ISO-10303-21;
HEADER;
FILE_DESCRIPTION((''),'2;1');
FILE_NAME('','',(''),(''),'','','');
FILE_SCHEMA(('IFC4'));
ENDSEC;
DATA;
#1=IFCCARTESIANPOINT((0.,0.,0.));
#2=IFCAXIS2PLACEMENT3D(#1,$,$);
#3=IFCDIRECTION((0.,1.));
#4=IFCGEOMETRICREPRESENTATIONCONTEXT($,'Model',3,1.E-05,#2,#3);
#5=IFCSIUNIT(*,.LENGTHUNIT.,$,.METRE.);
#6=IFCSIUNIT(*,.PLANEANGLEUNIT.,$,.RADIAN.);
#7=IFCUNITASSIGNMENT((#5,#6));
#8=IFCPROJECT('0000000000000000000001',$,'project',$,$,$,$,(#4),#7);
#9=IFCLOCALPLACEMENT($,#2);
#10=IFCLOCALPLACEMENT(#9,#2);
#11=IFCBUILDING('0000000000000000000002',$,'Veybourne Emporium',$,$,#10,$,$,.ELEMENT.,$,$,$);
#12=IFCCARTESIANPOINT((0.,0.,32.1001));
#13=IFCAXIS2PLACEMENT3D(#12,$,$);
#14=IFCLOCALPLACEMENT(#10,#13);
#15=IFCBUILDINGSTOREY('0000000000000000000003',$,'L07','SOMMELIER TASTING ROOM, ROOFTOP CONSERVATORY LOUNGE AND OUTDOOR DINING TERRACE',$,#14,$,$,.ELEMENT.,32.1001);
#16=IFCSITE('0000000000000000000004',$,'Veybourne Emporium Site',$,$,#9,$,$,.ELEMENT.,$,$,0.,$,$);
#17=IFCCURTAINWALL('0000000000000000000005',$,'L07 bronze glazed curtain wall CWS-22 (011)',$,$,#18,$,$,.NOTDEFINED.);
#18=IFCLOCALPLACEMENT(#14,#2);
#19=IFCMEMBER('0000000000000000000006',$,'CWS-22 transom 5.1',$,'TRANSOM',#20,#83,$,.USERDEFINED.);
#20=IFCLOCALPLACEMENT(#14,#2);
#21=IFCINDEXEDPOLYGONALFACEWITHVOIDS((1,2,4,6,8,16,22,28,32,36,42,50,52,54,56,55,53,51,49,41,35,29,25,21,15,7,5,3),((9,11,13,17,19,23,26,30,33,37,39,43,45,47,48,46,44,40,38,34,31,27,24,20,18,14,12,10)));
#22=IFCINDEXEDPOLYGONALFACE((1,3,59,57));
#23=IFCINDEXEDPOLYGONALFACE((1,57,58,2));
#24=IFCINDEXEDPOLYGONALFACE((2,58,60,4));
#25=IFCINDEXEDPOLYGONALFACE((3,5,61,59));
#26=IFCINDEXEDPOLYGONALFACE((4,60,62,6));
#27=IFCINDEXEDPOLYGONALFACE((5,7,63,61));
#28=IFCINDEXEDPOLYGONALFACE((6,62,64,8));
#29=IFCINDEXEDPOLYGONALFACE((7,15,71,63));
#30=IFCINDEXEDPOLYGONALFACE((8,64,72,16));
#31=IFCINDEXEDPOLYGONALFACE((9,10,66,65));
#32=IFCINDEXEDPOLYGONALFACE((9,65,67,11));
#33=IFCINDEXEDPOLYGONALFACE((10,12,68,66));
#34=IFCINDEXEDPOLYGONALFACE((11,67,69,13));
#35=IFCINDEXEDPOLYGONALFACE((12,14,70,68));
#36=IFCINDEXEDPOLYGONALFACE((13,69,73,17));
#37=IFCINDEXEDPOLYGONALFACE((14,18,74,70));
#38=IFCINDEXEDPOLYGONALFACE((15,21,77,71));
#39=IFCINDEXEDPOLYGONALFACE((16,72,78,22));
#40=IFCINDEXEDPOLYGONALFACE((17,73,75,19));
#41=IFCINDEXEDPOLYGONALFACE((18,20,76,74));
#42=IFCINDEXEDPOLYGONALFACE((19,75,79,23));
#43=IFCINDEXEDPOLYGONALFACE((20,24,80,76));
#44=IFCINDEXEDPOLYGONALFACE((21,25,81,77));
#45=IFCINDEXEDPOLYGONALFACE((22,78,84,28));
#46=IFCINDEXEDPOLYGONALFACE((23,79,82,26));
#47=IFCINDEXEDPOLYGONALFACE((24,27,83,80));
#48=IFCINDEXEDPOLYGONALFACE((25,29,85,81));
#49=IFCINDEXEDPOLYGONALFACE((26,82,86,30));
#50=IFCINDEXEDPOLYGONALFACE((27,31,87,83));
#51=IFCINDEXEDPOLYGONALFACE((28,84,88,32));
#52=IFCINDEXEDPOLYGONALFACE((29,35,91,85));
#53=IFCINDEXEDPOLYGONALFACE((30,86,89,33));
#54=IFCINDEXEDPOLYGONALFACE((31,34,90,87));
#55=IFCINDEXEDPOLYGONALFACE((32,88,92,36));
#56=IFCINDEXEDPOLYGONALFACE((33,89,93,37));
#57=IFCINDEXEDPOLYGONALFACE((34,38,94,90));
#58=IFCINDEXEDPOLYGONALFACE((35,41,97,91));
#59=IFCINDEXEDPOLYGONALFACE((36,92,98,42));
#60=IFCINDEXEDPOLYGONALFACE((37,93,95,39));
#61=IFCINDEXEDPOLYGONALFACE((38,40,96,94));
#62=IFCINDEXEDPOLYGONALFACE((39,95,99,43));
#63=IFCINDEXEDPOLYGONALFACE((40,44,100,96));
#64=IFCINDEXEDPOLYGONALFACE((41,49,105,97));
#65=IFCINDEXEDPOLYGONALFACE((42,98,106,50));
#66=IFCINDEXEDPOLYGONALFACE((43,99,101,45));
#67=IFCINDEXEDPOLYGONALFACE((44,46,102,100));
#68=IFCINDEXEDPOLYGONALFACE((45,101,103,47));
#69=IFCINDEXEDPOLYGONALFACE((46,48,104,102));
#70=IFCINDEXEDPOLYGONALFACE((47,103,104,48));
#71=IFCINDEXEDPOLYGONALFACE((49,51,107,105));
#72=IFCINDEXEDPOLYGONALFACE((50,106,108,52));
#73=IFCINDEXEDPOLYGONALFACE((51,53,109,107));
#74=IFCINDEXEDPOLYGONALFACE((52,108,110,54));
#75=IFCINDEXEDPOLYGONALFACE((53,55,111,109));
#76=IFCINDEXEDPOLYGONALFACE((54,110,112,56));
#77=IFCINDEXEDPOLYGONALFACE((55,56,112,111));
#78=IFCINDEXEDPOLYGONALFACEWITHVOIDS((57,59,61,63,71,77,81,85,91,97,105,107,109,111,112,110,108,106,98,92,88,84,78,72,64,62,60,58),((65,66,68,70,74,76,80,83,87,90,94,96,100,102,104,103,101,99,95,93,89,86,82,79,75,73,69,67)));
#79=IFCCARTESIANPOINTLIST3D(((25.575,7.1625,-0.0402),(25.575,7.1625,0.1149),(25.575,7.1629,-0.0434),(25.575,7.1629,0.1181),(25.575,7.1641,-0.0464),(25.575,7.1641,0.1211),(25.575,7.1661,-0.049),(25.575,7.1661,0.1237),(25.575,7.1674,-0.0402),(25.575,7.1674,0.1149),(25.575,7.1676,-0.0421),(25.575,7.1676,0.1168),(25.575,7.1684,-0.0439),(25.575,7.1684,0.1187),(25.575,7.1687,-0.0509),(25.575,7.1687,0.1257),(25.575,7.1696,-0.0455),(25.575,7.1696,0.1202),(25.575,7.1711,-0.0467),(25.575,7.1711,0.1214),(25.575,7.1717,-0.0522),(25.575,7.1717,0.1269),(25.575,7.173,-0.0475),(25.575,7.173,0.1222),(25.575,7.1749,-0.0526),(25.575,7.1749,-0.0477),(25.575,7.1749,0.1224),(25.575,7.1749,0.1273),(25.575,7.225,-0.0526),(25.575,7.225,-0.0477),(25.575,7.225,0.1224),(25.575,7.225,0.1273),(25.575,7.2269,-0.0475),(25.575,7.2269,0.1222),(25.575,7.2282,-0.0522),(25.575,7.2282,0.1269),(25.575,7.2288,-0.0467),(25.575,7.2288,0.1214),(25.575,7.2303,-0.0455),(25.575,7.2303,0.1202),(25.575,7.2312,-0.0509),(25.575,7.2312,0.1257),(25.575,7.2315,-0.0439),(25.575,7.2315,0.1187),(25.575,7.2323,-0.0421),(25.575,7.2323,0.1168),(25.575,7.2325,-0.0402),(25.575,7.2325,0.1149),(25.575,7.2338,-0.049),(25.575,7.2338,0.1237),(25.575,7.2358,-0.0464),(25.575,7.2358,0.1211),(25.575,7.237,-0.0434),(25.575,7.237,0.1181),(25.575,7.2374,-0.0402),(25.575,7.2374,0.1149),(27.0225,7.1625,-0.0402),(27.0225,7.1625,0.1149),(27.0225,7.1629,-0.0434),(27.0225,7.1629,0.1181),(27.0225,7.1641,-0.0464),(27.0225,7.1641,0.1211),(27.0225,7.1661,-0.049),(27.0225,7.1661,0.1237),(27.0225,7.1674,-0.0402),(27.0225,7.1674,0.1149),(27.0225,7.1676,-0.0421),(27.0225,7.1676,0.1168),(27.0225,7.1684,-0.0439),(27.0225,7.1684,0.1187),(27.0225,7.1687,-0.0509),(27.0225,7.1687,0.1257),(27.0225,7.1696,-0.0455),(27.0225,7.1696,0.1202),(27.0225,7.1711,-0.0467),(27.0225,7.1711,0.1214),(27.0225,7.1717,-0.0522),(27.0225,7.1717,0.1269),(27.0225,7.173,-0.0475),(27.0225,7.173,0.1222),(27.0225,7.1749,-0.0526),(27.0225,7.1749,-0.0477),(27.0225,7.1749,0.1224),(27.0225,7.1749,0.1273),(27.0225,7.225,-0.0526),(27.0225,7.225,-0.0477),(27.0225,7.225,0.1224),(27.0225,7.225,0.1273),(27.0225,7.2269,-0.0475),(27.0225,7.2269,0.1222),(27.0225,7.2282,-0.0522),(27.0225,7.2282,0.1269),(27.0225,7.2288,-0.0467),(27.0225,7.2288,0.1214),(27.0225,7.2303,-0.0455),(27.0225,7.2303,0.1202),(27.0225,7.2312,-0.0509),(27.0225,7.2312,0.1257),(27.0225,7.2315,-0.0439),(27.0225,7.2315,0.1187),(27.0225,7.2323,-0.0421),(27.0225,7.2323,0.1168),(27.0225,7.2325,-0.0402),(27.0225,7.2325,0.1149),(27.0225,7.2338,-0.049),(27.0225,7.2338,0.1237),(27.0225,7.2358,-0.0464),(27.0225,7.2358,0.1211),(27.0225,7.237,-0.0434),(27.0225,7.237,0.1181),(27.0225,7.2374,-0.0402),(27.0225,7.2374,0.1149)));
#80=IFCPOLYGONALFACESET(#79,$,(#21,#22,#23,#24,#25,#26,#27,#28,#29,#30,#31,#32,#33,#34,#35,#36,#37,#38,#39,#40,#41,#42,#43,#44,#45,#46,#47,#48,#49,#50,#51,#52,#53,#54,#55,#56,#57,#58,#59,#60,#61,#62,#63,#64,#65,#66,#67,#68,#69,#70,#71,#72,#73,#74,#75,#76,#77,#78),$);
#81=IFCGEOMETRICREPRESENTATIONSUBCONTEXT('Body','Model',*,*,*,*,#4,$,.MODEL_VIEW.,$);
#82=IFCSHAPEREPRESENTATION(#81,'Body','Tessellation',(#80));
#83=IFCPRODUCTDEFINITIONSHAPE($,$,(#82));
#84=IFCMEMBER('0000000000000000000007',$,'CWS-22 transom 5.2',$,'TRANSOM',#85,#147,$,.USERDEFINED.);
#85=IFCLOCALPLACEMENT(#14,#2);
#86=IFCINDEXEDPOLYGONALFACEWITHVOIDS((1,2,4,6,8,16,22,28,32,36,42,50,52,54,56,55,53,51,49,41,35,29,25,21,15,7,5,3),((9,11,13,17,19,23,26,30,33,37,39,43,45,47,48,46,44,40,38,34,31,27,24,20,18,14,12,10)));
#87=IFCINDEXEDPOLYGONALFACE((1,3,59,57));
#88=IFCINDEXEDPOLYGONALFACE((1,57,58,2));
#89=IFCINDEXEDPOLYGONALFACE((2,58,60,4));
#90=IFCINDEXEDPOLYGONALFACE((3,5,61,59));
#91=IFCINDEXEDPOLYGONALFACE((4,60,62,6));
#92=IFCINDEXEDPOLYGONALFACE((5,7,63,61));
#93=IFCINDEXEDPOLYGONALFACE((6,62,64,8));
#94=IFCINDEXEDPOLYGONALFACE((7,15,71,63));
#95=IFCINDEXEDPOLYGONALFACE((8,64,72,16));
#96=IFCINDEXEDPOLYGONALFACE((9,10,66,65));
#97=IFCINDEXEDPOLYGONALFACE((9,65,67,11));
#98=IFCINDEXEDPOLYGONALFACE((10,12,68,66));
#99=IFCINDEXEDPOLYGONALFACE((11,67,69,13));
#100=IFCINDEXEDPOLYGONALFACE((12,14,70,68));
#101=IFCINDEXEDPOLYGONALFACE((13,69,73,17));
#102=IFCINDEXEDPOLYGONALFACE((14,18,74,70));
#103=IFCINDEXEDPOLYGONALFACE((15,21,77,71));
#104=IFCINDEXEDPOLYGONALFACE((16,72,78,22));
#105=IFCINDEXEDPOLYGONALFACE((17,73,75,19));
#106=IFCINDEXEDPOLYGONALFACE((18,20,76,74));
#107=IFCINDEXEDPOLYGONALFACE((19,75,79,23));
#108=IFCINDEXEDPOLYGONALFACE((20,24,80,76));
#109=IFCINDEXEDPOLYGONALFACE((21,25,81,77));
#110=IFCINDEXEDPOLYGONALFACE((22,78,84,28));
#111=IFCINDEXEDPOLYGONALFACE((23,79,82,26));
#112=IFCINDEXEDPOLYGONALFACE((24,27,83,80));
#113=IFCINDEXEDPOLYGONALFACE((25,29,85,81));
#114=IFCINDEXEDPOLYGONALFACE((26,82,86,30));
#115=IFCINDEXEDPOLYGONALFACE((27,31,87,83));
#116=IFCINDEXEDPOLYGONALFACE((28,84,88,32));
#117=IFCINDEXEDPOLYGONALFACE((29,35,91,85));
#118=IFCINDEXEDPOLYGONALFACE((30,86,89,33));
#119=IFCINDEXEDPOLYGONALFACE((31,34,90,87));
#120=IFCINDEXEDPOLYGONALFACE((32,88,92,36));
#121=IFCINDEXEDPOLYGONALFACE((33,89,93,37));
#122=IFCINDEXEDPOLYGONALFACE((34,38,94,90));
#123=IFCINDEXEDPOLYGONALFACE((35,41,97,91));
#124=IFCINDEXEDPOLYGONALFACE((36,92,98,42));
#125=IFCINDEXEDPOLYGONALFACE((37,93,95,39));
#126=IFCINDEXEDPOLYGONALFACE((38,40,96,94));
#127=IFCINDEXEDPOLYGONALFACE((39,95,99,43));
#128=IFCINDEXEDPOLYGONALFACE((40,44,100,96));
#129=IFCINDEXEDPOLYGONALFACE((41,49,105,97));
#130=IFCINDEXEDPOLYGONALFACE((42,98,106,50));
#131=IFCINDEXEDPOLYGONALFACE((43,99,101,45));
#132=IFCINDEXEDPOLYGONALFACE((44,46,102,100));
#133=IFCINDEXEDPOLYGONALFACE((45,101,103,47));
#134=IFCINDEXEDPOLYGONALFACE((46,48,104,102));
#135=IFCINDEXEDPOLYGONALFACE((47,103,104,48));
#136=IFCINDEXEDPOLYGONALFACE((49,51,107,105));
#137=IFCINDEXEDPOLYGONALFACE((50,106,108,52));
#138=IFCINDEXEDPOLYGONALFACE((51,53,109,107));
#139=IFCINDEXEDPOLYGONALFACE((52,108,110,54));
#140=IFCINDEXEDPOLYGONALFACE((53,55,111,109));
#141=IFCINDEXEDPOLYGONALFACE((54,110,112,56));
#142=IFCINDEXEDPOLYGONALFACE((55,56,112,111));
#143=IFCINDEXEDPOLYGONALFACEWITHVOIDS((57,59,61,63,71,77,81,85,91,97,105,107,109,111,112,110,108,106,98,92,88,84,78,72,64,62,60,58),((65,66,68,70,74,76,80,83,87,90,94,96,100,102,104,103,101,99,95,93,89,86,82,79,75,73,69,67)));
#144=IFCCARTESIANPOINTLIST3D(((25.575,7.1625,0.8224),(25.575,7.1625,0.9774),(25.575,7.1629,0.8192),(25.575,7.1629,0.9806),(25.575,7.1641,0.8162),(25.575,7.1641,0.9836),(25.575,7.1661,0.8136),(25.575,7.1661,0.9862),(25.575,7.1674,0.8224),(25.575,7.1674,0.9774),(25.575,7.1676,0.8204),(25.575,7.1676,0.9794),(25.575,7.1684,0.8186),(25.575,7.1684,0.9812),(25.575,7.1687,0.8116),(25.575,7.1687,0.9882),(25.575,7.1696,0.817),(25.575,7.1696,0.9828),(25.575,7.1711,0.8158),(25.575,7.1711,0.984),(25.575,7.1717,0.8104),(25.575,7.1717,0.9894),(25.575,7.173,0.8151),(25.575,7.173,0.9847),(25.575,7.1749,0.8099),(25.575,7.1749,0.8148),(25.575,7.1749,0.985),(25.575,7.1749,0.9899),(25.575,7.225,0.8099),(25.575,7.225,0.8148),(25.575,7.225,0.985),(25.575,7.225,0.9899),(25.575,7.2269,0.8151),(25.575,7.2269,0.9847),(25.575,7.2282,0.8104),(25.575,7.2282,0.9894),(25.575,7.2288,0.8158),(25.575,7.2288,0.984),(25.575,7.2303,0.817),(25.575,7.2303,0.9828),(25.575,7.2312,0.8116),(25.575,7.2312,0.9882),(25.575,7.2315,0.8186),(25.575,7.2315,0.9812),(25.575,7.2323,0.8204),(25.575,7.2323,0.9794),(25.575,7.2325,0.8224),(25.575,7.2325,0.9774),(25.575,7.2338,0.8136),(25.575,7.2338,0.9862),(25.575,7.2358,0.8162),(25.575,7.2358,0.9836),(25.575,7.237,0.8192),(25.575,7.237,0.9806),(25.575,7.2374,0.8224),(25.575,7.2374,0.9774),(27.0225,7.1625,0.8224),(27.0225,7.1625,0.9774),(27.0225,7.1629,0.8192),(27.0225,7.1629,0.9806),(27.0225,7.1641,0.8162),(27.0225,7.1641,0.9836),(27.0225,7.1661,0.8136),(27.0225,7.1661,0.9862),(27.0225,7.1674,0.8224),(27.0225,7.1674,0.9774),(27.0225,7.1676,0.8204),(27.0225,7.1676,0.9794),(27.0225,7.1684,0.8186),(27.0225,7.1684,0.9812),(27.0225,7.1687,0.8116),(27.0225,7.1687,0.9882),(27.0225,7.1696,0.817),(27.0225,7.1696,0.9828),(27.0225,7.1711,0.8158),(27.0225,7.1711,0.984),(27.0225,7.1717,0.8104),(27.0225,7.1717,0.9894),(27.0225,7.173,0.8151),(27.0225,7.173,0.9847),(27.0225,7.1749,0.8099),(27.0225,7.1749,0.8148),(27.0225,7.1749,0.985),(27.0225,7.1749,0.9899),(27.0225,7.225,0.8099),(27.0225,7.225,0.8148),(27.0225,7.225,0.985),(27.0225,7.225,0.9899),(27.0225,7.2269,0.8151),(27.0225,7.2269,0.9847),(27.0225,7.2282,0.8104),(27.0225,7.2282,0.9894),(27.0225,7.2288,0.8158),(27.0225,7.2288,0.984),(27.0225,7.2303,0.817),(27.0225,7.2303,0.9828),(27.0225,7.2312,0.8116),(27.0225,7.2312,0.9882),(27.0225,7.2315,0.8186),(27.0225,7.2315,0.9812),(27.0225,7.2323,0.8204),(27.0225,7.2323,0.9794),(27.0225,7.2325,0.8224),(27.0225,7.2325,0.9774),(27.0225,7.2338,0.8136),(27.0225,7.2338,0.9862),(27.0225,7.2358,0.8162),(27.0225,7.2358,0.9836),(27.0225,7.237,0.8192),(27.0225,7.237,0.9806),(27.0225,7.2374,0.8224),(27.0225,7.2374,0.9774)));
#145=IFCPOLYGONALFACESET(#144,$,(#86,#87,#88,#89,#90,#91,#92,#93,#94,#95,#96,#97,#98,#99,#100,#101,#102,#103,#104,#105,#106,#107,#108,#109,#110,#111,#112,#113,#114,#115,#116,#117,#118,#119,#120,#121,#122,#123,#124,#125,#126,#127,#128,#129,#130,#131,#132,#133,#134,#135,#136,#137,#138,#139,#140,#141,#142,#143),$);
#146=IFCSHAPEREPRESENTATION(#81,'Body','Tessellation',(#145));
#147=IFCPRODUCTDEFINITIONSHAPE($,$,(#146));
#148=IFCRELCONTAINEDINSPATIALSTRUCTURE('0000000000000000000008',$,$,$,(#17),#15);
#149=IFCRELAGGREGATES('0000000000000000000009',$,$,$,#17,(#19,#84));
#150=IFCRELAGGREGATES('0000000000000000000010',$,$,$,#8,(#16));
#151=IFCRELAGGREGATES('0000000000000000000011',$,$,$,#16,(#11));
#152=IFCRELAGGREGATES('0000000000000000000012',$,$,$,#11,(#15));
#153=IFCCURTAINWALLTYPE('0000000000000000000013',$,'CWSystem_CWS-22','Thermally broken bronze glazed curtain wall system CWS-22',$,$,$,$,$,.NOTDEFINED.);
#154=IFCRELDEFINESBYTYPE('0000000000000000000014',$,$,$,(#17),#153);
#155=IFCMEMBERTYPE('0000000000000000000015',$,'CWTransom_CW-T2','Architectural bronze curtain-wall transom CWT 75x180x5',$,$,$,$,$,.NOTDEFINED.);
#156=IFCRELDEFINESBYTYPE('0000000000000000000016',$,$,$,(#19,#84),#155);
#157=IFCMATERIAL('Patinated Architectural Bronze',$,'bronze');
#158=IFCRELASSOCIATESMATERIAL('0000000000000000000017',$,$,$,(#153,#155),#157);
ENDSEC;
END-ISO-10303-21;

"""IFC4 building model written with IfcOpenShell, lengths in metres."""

from ifc_helpers import new_model, si_unit, direction, frame, origin, origin_2d, place, context, subcontext, project, spatial, hollow_rectangle, extrude, material, material_profile, profile_set, type_object, element, aggregate, save


model = new_model("IFC4")

# Units and contexts
model_context = context("Model", 3, precision=1e-05, world=origin(), true_north=direction((0.0, 1.0)))
body_context = subcontext(model_context, "Body", "Model", "MODEL_VIEW")
ifc_project = project(units=[si_unit("LENGTHUNIT", "METRE"), si_unit("PLANEANGLEUNIT", "RADIAN")], contexts=[model_context])

# Site, building, storey
site_placement = place(None, origin())
site = spatial("IfcSite", under=ifc_project, at=site_placement, Name="Veybourne Emporium Site", CompositionType="ELEMENT", RefElevation=0.0)
building_placement = place(site_placement, origin())
building = spatial("IfcBuilding", under=site, at=building_placement, Name="Veybourne Emporium", CompositionType="ELEMENT")
storey_placement = place(building_placement, frame((0.0, 0.0, 32.1001)))
storey = spatial("IfcBuildingStorey", under=building, at=storey_placement, Name="L07", Description="SOMMELIER TASTING ROOM, ROOFTOP CONSERVATORY LOUNGE AND OUTDOOR DINING TERRACE", CompositionType="ELEMENT", Elevation=32.1001)

# Curtain wall, members
ifc_material_1 = material(Name="Patinated Architectural Bronze", Category="bronze")
curtain_wall_type = type_object("IfcCurtainWallType", Name="CWSystem_CWS-22", Description="Thermally broken bronze glazed curtain wall system CWS-22", PredefinedType="NOTDEFINED", material=ifc_material_1)
curtain_wall_placement = place(storey_placement, origin())
curtain_wall = element("IfcCurtainWall", 1, at=curtain_wall_placement, inside=storey, type_object=curtain_wall_type, Name="L07 bronze glazed curtain wall CWS-22 (011)", PredefinedType="NOTDEFINED")
ifc_material_profile_1 = material_profile(ifc_material_1, hollow_rectangle(XDim=0.075, YDim=0.1799, WallThickness=0.0049, InnerFilletRadius=0.0076, OuterFilletRadius=0.0125, at=origin_2d()), Name="CWT 75x180x5")
ifc_profile_set_1 = profile_set([ifc_material_profile_1], Name="Patinated Architectural Bronze")
member_type_1 = type_object("IfcMemberType", Name="CWTransom_CW-T2", Description="Architectural bronze curtain-wall transom CWT 75x180x5", PredefinedType="NOTDEFINED", material=ifc_profile_set_1)
member_1_placement = place(storey_placement, frame((27.0225, 7.2, 0.0374), z_axis=(-1.0, 0.0, 0.0), x_axis=(0.0, -1.0, 0.0)))
member_1 = element("IfcMember", 2, at=member_1_placement, type_object=member_type_1, Name="CWS-22 transom 5.1", ObjectType="TRANSOM", PredefinedType="USERDEFINED", context=body_context, shape_type="SweptSolid", body=[
    extrude(hollow_rectangle(XDim=0.075, YDim=0.1799, WallThickness=0.0049, InnerFilletRadius=0.0076, OuterFilletRadius=0.0125, at=origin_2d()), origin(), (0.0, 0.0, 1.0), 1.4475),
])
member_2_placement = place(storey_placement, frame((27.0225, 7.2, 0.8999), z_axis=(-1.0, 0.0, 0.0), x_axis=(0.0, -1.0, 0.0)))
member_2 = element("IfcMember", 3, at=member_2_placement, type_object=member_type_1, Name="CWS-22 transom 5.2", ObjectType="TRANSOM", PredefinedType="USERDEFINED", context=body_context, shape_type="SweptSolid", body=[
    extrude(hollow_rectangle(XDim=0.075, YDim=0.1799, WallThickness=0.0049, InnerFilletRadius=0.0076, OuterFilletRadius=0.0125, at=origin_2d()), origin(), (0.0, 0.0, 1.0), 1.4475),
])

aggregate(curtain_wall, [member_1, member_2])

save(model, "model.ifc")
